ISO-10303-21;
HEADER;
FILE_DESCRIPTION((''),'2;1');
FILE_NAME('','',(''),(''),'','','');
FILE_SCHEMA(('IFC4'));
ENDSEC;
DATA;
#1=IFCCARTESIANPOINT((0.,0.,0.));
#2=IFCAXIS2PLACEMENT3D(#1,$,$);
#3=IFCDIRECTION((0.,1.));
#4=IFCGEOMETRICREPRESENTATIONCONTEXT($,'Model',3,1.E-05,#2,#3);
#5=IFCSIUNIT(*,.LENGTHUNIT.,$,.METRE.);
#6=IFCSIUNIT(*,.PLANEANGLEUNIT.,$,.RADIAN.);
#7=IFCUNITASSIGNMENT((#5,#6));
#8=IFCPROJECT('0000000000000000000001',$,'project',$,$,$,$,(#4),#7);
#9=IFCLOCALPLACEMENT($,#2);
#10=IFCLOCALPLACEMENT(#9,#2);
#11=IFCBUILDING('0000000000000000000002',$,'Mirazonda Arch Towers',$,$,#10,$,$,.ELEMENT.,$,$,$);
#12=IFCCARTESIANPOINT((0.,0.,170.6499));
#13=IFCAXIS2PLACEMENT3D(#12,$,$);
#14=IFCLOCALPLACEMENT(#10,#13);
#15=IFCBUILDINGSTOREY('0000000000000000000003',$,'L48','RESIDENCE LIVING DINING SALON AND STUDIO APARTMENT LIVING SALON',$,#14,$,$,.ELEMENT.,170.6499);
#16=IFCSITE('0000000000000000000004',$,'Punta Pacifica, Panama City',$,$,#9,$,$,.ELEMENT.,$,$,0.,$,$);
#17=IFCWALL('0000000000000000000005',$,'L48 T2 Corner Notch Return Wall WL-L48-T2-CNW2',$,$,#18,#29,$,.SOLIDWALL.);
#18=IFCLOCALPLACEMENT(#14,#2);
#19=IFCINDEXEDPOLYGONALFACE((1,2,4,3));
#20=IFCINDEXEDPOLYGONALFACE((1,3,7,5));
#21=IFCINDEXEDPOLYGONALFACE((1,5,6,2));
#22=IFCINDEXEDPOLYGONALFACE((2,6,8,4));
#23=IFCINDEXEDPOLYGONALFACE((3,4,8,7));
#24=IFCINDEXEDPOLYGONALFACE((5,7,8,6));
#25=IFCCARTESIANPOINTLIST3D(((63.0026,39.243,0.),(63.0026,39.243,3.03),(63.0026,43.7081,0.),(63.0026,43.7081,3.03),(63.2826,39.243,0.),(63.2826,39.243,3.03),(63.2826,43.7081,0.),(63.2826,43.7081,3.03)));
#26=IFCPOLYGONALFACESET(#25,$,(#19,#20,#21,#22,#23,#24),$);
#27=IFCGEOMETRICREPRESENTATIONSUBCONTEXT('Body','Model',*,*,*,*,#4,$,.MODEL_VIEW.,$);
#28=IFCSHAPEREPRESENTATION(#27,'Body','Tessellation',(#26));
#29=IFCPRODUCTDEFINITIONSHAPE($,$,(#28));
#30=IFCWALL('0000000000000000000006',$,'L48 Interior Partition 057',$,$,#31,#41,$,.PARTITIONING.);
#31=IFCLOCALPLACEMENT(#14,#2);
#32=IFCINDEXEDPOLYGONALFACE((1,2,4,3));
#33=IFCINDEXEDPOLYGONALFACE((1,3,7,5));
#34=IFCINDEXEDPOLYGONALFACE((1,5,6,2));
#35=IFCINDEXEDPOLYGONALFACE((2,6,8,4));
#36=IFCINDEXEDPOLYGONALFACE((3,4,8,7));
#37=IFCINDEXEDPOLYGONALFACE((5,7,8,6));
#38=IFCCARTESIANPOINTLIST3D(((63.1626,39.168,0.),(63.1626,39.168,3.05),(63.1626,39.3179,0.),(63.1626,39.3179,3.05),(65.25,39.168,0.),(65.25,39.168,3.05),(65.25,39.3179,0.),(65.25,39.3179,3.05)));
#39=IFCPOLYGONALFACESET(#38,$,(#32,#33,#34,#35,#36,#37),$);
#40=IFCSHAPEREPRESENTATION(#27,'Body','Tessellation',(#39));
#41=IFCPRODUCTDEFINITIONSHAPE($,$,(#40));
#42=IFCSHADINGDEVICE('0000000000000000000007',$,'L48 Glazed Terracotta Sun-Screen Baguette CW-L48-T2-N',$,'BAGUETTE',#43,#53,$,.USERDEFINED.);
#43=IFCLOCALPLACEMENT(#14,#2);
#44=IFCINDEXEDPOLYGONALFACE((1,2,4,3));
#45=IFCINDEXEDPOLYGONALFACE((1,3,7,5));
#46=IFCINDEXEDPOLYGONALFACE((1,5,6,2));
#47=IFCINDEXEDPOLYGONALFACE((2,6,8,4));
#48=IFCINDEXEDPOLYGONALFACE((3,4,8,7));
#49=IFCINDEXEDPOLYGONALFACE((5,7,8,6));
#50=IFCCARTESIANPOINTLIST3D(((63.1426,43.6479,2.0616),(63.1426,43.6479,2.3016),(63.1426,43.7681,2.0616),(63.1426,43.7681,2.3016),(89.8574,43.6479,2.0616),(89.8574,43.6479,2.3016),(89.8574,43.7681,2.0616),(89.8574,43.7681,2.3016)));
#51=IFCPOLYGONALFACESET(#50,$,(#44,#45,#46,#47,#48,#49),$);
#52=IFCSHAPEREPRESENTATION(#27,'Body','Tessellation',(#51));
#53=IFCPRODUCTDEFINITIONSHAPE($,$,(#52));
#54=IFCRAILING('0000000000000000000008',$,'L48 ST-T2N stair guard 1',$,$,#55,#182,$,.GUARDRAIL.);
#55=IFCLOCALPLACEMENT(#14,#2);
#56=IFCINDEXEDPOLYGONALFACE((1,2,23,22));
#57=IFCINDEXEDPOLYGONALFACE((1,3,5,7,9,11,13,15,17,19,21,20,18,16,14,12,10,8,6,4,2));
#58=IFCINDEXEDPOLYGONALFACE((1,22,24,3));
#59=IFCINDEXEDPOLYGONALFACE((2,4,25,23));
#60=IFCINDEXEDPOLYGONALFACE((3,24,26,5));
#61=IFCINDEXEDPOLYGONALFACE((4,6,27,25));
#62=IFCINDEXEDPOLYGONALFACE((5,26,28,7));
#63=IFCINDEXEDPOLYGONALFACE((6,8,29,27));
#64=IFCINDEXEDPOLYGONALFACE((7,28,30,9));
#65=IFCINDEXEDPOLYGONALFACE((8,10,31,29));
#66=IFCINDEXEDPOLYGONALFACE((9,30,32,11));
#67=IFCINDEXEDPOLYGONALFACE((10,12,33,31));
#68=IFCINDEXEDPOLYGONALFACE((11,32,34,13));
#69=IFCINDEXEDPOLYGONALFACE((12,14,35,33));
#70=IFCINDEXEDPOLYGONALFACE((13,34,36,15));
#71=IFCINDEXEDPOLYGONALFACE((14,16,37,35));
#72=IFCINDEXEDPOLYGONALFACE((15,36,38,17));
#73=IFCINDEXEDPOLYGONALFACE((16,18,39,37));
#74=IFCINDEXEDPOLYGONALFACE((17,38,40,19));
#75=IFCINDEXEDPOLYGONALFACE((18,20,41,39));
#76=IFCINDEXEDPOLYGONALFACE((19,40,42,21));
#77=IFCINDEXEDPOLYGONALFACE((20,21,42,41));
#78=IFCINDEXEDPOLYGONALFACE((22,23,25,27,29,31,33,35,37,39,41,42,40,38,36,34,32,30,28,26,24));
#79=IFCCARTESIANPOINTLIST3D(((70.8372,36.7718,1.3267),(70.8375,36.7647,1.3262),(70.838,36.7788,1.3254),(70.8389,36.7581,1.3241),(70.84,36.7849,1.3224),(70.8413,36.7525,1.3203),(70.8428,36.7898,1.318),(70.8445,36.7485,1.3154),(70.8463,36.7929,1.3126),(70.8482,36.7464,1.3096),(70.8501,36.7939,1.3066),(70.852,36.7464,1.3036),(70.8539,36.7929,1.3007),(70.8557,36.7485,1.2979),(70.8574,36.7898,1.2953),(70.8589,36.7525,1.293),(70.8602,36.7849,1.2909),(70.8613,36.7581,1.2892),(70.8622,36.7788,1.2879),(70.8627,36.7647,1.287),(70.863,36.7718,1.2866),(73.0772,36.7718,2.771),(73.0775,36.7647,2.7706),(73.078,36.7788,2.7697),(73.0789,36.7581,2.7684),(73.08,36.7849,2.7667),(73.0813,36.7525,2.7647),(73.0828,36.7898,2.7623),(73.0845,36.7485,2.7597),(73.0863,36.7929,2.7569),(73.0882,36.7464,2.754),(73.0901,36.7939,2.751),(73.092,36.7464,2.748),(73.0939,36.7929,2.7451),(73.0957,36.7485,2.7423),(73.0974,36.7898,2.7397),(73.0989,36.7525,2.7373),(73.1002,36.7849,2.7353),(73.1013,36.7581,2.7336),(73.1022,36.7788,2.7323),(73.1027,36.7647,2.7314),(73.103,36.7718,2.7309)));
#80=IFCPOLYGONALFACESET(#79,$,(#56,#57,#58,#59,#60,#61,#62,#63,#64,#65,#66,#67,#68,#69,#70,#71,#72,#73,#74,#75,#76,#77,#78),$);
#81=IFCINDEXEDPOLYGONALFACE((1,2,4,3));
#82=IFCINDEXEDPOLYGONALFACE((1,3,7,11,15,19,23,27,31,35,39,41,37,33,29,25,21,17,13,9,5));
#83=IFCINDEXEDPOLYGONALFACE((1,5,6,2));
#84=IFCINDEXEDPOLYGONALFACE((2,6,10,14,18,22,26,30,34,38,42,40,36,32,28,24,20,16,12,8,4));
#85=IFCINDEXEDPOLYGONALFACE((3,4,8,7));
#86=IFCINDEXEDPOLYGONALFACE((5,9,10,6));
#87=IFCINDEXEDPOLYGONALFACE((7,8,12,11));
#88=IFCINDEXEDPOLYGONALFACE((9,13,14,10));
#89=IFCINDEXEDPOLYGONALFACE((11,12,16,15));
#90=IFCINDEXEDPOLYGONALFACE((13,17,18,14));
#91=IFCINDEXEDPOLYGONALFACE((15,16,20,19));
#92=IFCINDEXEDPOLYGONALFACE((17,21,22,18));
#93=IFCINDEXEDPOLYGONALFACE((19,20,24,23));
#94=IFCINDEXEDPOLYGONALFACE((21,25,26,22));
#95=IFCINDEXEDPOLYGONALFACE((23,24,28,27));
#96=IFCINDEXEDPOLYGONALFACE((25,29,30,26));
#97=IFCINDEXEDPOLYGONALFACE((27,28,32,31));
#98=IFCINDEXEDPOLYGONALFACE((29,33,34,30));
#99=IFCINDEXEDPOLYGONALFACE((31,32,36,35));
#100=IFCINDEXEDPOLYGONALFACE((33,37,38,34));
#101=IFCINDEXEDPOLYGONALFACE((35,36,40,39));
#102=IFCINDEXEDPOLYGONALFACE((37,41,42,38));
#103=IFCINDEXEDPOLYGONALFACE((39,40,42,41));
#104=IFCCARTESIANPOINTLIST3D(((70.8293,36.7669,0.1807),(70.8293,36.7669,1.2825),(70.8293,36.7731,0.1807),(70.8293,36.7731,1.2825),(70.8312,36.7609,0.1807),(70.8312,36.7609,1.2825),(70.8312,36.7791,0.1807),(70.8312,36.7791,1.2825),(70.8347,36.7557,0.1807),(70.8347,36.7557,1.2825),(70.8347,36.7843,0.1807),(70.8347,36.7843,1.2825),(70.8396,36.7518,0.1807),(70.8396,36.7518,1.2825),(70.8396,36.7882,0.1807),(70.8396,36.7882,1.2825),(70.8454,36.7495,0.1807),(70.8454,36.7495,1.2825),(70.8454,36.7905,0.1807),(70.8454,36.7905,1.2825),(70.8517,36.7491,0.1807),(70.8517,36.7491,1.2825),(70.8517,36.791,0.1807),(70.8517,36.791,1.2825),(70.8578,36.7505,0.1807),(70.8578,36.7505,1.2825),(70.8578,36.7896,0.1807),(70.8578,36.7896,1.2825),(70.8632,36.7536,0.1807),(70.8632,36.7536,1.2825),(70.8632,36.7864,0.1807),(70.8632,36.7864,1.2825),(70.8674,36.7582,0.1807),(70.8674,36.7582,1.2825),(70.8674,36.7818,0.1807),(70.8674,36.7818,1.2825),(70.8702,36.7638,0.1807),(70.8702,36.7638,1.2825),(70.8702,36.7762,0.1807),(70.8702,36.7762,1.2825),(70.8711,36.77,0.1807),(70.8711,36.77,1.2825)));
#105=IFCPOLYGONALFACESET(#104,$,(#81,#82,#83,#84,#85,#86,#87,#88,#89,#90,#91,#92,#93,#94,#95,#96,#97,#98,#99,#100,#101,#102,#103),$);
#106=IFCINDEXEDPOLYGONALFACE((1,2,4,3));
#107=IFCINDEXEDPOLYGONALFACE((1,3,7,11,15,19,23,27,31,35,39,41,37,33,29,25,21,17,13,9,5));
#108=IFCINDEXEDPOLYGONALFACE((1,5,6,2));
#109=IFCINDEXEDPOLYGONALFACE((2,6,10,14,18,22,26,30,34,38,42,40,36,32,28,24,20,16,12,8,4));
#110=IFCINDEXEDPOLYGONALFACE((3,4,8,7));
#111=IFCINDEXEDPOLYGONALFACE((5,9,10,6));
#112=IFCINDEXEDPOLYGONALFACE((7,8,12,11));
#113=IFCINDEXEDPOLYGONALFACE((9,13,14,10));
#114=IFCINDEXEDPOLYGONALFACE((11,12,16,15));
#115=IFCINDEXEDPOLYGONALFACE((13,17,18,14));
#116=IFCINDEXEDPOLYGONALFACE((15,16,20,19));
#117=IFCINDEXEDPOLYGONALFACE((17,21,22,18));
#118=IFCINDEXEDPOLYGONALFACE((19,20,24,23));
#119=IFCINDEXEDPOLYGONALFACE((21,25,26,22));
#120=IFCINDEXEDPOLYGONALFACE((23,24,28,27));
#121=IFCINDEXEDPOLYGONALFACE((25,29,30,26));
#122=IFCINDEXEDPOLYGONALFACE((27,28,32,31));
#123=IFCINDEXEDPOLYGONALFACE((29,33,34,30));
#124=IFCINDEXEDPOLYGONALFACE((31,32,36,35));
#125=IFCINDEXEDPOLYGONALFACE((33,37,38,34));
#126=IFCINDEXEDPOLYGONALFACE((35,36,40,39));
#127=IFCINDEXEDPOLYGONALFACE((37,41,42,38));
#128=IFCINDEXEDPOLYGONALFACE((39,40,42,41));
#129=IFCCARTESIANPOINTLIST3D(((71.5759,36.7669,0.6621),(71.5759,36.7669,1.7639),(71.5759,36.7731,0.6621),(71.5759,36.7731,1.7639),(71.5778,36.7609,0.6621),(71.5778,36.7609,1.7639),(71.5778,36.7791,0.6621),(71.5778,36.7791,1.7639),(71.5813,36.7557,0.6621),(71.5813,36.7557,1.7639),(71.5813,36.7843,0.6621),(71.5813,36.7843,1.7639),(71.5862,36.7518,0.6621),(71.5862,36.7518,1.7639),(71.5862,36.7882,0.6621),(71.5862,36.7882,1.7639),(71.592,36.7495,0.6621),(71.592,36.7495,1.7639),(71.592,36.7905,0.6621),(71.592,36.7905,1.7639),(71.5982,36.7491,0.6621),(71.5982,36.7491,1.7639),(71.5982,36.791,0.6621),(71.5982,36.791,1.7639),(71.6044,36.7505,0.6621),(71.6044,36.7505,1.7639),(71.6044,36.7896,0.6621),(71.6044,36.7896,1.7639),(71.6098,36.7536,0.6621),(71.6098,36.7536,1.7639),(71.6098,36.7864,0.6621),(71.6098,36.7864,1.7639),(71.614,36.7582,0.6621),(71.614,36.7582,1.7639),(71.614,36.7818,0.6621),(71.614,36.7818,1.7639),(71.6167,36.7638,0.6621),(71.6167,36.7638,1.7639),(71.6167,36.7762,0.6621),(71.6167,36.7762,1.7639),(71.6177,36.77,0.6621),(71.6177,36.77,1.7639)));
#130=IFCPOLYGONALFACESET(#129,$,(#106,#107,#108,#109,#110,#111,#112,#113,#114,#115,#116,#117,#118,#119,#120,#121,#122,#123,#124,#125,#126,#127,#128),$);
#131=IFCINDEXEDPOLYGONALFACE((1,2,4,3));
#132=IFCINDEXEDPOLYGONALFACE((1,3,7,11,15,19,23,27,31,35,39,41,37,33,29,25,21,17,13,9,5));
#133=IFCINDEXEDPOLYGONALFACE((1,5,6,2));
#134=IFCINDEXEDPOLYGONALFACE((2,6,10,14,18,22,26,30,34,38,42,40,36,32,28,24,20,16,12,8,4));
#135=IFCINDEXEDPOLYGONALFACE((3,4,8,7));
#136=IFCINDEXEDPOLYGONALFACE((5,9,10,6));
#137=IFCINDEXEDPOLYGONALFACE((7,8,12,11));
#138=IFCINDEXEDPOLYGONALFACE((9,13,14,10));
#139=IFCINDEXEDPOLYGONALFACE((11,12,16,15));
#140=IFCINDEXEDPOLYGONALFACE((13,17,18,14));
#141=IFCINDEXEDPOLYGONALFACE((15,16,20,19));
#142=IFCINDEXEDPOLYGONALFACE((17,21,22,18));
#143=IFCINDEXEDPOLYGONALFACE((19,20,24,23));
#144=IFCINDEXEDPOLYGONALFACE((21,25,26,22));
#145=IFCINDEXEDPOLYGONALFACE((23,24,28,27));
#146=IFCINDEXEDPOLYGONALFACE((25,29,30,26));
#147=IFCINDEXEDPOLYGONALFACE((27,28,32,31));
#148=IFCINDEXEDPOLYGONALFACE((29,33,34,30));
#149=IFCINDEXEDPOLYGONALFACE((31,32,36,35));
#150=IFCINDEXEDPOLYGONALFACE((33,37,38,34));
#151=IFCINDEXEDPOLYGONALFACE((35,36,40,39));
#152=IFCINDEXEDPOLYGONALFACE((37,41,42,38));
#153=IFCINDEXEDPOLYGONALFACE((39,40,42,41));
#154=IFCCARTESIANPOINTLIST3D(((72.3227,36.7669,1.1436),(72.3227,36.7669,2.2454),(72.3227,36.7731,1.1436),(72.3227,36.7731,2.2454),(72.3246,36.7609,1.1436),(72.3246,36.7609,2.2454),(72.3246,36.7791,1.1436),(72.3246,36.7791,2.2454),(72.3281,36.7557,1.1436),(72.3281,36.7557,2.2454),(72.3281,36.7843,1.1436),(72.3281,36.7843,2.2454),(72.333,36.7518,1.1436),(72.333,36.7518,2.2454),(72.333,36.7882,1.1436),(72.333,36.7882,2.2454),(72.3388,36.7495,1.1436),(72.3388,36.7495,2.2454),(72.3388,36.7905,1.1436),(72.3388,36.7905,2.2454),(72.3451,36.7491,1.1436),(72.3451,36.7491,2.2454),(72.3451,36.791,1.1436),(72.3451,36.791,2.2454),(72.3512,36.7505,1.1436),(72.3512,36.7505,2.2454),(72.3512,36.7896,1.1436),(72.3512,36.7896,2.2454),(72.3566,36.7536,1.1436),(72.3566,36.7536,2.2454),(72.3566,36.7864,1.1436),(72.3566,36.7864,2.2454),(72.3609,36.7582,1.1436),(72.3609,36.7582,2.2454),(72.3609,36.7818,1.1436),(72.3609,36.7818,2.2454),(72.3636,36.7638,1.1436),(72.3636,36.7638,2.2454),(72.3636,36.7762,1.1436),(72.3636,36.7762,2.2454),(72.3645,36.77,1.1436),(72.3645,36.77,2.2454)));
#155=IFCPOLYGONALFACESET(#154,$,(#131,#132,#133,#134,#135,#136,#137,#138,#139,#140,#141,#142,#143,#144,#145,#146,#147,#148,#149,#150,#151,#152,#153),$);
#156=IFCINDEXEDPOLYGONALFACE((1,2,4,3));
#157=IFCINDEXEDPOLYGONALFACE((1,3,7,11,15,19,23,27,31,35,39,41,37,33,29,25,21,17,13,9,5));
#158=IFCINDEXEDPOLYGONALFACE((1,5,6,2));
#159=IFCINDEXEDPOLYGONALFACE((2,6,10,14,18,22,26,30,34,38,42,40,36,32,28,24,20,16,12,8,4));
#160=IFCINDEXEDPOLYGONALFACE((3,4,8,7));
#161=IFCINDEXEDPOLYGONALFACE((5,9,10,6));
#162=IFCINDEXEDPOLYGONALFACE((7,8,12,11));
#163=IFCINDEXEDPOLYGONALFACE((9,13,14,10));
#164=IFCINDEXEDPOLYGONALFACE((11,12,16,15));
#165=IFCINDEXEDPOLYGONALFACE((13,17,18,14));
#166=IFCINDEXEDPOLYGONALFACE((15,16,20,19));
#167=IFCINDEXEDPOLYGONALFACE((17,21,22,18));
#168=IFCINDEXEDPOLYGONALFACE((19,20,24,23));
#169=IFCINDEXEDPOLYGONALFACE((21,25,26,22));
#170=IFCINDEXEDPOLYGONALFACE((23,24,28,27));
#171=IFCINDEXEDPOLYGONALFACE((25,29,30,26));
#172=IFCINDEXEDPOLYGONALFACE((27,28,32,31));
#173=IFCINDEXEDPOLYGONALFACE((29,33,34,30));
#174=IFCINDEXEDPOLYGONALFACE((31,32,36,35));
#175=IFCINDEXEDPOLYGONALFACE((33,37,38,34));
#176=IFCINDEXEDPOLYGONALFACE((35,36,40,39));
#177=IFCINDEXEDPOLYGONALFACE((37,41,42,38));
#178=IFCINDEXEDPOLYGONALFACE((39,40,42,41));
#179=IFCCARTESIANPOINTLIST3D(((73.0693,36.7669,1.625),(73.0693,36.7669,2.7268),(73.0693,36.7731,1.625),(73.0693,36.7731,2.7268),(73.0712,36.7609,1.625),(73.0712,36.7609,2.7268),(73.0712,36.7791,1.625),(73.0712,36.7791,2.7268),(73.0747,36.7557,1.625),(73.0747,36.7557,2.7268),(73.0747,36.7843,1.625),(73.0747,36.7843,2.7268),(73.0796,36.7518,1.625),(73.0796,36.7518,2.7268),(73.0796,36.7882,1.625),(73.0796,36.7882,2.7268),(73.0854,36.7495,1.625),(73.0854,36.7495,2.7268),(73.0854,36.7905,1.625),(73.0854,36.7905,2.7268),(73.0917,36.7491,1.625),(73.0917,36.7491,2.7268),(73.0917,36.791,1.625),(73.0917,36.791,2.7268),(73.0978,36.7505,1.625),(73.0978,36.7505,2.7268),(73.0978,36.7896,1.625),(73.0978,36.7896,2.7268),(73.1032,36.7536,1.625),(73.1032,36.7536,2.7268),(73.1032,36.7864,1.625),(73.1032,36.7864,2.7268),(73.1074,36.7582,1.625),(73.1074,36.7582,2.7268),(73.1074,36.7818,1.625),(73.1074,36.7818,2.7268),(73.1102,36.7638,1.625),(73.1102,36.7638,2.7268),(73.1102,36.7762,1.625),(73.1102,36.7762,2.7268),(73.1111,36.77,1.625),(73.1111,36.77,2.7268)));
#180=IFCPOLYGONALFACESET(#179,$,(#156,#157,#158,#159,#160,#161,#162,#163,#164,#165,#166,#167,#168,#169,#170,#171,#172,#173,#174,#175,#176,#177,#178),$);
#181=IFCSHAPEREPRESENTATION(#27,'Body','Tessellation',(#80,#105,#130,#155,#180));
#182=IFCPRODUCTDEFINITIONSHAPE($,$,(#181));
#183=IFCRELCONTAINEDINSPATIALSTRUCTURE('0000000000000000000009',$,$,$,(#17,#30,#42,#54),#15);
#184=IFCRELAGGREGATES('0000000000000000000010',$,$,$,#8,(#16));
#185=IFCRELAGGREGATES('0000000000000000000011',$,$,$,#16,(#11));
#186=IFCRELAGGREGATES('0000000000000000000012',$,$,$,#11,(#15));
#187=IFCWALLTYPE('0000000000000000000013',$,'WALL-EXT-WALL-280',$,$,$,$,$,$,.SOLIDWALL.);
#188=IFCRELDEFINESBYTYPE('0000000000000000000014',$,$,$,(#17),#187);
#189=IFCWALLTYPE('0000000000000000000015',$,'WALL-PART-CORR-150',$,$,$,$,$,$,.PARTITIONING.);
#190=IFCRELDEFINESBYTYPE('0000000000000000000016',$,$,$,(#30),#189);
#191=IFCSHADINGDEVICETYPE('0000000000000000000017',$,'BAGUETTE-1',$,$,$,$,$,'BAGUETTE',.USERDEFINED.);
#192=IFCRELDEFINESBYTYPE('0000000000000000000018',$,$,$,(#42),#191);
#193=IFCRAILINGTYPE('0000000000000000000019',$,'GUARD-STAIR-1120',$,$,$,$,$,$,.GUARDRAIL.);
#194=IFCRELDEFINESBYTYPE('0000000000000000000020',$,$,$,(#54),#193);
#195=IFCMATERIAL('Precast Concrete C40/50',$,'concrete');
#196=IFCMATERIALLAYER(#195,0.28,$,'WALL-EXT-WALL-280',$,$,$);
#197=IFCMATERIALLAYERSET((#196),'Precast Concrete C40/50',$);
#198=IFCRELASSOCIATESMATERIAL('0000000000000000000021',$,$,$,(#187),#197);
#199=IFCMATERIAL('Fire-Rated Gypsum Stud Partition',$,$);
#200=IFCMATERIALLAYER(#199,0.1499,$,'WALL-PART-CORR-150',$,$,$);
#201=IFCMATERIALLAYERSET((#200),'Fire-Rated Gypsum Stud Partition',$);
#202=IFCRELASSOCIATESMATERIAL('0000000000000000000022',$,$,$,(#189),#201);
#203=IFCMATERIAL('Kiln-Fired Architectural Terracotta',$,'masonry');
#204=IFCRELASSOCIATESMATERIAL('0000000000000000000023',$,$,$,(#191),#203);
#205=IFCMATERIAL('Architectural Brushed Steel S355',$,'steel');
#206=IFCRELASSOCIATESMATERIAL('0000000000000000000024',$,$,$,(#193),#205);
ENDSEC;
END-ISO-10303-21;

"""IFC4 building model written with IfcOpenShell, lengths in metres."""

from ifc_helpers import new_model, si_unit, direction, frame, frame_2d, origin, origin_2d, place, context, subcontext, project, spatial, rectangle, circle, extrude, material, layer, layer_set, material_profile, profile_set, type_object, element, save


model = new_model("IFC4")

# Units and contexts
model_context = context("Model", 3, precision=1e-05, world=origin(), true_north=direction((0.0, 1.0)))
body_context = subcontext(model_context, "Body", "Model", "MODEL_VIEW")
ifc_project = project(units=[si_unit("LENGTHUNIT", "METRE"), si_unit("PLANEANGLEUNIT", "RADIAN")], contexts=[model_context])

# Site, building, storey
site_placement = place(None, origin())
site = spatial("IfcSite", under=ifc_project, at=site_placement, Name="Punta Pacifica, Panama City", CompositionType="ELEMENT", RefElevation=0.0)
building_placement = place(site_placement, origin())
building = spatial("IfcBuilding", under=site, at=building_placement, Name="Mirazonda Arch Towers", CompositionType="ELEMENT")
storey_placement = place(building_placement, frame((0.0, 0.0, 170.6499)))
storey = spatial("IfcBuildingStorey", under=building, at=storey_placement, Name="L48", Description="RESIDENCE LIVING DINING SALON AND STUDIO APARTMENT LIVING SALON", CompositionType="ELEMENT", Elevation=170.6499)

# Walls
ifc_material_1 = material(Name="Precast Concrete C40/50", Category="concrete")
ifc_layer_1 = layer(ifc_material_1, 0.28, Name="WALL-EXT-WALL-280")
ifc_layer_set_1 = layer_set([ifc_layer_1], Name="Precast Concrete C40/50")
wall_type_1 = type_object("IfcWallType", Name="WALL-EXT-WALL-280", PredefinedType="SOLIDWALL", material=ifc_layer_set_1)
wall_1_placement = place(storey_placement, frame((63.1426, 43.708, 0.0), z_axis=(0.0, 0.0, 1.0), x_axis=(0.0, -1.0, 0.0)))
element("IfcWall", 1, at=wall_1_placement, inside=storey, type_object=wall_type_1, Name="L48 T2 Corner Notch Return Wall WL-L48-T2-CNW2", PredefinedType="SOLIDWALL", context=body_context, shape_type="SweptSolid", body=[
    extrude(rectangle(XDim=4.4651, YDim=0.28, at=frame_2d((2.2324, 0.0))), origin(), (0.0, 0.0, 1.0), 3.03),
])
ifc_material_2 = material(Name="Fire-Rated Gypsum Stud Partition")
ifc_layer_2 = layer(ifc_material_2, 0.1499, Name="WALL-PART-CORR-150")
ifc_layer_set_2 = layer_set([ifc_layer_2], Name="Fire-Rated Gypsum Stud Partition")
wall_type_2 = type_object("IfcWallType", Name="WALL-PART-CORR-150", PredefinedType="PARTITIONING", material=ifc_layer_set_2)
wall_2_placement = place(storey_placement, frame((63.1626, 39.2429, 0.0), z_axis=(0.0, 0.0, 1.0), x_axis=(1.0, 0.0, 0.0)))
element("IfcWall", 2, at=wall_2_placement, inside=storey, type_object=wall_type_2, Name="L48 Interior Partition 057", PredefinedType="PARTITIONING", context=body_context, shape_type="SweptSolid", body=[
    extrude(rectangle(XDim=2.0874, YDim=0.1499, at=frame_2d((1.0437, 0.0))), origin(), (0.0, 0.0, 1.0), 3.05),
])

# Shading device
ifc_material_3 = material(Name="Kiln-Fired Architectural Terracotta", Category="masonry")
ifc_material_profile_1 = material_profile(ifc_material_3, rectangle(XDim=0.1201, YDim=0.24, at=origin_2d()), Name="TERRA-BAG-120x240")
ifc_profile_set_1 = profile_set([ifc_material_profile_1], Name="Kiln-Fired Architectural Terracotta")
shading_device_type = type_object("IfcShadingDeviceType", Name="BAGUETTE-1", ElementType="BAGUETTE", PredefinedType="USERDEFINED", material=ifc_profile_set_1)
shading_device_placement = place(storey_placement, frame((63.1426, 43.708, 2.1816), z_axis=(1.0, 0.0, 0.0), x_axis=(0.0, 1.0, 0.0)))
element("IfcShadingDevice", 3, at=shading_device_placement, inside=storey, type_object=shading_device_type, Name="L48 Glazed Terracotta Sun-Screen Baguette CW-L48-T2-N", ObjectType="BAGUETTE", PredefinedType="USERDEFINED", context=body_context, shape_type="SweptSolid", body=[
    extrude(rectangle(XDim=0.1201, YDim=0.24, at=origin_2d()), origin(), (0.0, 0.0, 1.0), 26.7148),
])

# Railing
ifc_material_4 = material(Name="Architectural Brushed Steel S355", Category="steel")
railing_type = type_object("IfcRailingType", Name="GUARD-STAIR-1120", PredefinedType="GUARDRAIL", material=ifc_material_4)
railing_1_placement = place(storey_placement, frame((70.8501, 36.77, 0.1807)))
element("IfcRailing", 4, at=railing_1_placement, inside=storey, type_object=railing_type, Name="L48 ST-T2N stair guard 1", PredefinedType="GUARDRAIL", context=body_context, shape_type="SweptSolid", body=[
    extrude(circle(Radius=0.0239, at=origin_2d()), frame((0.0, 0.0, 1.126), z_axis=(0.840437, 0.0, 0.54191), x_axis=(0.0, 1.0, 0.0)), (0.0, 0.0, 1.0), 2.6653),
    extrude(circle(Radius=0.021, at=origin_2d()), origin(), (0.0, 0.0, 1.0), 1.1018),
    extrude(circle(Radius=0.021, at=origin_2d()), frame((0.7466, 0.0, 0.4814)), (0.0, 0.0, 1.0), 1.1018),
    extrude(circle(Radius=0.021, at=origin_2d()), frame((1.4934, 0.0, 0.9629)), (0.0, 0.0, 1.0), 1.1018),
    extrude(circle(Radius=0.021, at=origin_2d()), frame((2.24, 0.0, 1.4443)), (0.0, 0.0, 1.0), 1.1018),
])

save(model, "model.ifc")
